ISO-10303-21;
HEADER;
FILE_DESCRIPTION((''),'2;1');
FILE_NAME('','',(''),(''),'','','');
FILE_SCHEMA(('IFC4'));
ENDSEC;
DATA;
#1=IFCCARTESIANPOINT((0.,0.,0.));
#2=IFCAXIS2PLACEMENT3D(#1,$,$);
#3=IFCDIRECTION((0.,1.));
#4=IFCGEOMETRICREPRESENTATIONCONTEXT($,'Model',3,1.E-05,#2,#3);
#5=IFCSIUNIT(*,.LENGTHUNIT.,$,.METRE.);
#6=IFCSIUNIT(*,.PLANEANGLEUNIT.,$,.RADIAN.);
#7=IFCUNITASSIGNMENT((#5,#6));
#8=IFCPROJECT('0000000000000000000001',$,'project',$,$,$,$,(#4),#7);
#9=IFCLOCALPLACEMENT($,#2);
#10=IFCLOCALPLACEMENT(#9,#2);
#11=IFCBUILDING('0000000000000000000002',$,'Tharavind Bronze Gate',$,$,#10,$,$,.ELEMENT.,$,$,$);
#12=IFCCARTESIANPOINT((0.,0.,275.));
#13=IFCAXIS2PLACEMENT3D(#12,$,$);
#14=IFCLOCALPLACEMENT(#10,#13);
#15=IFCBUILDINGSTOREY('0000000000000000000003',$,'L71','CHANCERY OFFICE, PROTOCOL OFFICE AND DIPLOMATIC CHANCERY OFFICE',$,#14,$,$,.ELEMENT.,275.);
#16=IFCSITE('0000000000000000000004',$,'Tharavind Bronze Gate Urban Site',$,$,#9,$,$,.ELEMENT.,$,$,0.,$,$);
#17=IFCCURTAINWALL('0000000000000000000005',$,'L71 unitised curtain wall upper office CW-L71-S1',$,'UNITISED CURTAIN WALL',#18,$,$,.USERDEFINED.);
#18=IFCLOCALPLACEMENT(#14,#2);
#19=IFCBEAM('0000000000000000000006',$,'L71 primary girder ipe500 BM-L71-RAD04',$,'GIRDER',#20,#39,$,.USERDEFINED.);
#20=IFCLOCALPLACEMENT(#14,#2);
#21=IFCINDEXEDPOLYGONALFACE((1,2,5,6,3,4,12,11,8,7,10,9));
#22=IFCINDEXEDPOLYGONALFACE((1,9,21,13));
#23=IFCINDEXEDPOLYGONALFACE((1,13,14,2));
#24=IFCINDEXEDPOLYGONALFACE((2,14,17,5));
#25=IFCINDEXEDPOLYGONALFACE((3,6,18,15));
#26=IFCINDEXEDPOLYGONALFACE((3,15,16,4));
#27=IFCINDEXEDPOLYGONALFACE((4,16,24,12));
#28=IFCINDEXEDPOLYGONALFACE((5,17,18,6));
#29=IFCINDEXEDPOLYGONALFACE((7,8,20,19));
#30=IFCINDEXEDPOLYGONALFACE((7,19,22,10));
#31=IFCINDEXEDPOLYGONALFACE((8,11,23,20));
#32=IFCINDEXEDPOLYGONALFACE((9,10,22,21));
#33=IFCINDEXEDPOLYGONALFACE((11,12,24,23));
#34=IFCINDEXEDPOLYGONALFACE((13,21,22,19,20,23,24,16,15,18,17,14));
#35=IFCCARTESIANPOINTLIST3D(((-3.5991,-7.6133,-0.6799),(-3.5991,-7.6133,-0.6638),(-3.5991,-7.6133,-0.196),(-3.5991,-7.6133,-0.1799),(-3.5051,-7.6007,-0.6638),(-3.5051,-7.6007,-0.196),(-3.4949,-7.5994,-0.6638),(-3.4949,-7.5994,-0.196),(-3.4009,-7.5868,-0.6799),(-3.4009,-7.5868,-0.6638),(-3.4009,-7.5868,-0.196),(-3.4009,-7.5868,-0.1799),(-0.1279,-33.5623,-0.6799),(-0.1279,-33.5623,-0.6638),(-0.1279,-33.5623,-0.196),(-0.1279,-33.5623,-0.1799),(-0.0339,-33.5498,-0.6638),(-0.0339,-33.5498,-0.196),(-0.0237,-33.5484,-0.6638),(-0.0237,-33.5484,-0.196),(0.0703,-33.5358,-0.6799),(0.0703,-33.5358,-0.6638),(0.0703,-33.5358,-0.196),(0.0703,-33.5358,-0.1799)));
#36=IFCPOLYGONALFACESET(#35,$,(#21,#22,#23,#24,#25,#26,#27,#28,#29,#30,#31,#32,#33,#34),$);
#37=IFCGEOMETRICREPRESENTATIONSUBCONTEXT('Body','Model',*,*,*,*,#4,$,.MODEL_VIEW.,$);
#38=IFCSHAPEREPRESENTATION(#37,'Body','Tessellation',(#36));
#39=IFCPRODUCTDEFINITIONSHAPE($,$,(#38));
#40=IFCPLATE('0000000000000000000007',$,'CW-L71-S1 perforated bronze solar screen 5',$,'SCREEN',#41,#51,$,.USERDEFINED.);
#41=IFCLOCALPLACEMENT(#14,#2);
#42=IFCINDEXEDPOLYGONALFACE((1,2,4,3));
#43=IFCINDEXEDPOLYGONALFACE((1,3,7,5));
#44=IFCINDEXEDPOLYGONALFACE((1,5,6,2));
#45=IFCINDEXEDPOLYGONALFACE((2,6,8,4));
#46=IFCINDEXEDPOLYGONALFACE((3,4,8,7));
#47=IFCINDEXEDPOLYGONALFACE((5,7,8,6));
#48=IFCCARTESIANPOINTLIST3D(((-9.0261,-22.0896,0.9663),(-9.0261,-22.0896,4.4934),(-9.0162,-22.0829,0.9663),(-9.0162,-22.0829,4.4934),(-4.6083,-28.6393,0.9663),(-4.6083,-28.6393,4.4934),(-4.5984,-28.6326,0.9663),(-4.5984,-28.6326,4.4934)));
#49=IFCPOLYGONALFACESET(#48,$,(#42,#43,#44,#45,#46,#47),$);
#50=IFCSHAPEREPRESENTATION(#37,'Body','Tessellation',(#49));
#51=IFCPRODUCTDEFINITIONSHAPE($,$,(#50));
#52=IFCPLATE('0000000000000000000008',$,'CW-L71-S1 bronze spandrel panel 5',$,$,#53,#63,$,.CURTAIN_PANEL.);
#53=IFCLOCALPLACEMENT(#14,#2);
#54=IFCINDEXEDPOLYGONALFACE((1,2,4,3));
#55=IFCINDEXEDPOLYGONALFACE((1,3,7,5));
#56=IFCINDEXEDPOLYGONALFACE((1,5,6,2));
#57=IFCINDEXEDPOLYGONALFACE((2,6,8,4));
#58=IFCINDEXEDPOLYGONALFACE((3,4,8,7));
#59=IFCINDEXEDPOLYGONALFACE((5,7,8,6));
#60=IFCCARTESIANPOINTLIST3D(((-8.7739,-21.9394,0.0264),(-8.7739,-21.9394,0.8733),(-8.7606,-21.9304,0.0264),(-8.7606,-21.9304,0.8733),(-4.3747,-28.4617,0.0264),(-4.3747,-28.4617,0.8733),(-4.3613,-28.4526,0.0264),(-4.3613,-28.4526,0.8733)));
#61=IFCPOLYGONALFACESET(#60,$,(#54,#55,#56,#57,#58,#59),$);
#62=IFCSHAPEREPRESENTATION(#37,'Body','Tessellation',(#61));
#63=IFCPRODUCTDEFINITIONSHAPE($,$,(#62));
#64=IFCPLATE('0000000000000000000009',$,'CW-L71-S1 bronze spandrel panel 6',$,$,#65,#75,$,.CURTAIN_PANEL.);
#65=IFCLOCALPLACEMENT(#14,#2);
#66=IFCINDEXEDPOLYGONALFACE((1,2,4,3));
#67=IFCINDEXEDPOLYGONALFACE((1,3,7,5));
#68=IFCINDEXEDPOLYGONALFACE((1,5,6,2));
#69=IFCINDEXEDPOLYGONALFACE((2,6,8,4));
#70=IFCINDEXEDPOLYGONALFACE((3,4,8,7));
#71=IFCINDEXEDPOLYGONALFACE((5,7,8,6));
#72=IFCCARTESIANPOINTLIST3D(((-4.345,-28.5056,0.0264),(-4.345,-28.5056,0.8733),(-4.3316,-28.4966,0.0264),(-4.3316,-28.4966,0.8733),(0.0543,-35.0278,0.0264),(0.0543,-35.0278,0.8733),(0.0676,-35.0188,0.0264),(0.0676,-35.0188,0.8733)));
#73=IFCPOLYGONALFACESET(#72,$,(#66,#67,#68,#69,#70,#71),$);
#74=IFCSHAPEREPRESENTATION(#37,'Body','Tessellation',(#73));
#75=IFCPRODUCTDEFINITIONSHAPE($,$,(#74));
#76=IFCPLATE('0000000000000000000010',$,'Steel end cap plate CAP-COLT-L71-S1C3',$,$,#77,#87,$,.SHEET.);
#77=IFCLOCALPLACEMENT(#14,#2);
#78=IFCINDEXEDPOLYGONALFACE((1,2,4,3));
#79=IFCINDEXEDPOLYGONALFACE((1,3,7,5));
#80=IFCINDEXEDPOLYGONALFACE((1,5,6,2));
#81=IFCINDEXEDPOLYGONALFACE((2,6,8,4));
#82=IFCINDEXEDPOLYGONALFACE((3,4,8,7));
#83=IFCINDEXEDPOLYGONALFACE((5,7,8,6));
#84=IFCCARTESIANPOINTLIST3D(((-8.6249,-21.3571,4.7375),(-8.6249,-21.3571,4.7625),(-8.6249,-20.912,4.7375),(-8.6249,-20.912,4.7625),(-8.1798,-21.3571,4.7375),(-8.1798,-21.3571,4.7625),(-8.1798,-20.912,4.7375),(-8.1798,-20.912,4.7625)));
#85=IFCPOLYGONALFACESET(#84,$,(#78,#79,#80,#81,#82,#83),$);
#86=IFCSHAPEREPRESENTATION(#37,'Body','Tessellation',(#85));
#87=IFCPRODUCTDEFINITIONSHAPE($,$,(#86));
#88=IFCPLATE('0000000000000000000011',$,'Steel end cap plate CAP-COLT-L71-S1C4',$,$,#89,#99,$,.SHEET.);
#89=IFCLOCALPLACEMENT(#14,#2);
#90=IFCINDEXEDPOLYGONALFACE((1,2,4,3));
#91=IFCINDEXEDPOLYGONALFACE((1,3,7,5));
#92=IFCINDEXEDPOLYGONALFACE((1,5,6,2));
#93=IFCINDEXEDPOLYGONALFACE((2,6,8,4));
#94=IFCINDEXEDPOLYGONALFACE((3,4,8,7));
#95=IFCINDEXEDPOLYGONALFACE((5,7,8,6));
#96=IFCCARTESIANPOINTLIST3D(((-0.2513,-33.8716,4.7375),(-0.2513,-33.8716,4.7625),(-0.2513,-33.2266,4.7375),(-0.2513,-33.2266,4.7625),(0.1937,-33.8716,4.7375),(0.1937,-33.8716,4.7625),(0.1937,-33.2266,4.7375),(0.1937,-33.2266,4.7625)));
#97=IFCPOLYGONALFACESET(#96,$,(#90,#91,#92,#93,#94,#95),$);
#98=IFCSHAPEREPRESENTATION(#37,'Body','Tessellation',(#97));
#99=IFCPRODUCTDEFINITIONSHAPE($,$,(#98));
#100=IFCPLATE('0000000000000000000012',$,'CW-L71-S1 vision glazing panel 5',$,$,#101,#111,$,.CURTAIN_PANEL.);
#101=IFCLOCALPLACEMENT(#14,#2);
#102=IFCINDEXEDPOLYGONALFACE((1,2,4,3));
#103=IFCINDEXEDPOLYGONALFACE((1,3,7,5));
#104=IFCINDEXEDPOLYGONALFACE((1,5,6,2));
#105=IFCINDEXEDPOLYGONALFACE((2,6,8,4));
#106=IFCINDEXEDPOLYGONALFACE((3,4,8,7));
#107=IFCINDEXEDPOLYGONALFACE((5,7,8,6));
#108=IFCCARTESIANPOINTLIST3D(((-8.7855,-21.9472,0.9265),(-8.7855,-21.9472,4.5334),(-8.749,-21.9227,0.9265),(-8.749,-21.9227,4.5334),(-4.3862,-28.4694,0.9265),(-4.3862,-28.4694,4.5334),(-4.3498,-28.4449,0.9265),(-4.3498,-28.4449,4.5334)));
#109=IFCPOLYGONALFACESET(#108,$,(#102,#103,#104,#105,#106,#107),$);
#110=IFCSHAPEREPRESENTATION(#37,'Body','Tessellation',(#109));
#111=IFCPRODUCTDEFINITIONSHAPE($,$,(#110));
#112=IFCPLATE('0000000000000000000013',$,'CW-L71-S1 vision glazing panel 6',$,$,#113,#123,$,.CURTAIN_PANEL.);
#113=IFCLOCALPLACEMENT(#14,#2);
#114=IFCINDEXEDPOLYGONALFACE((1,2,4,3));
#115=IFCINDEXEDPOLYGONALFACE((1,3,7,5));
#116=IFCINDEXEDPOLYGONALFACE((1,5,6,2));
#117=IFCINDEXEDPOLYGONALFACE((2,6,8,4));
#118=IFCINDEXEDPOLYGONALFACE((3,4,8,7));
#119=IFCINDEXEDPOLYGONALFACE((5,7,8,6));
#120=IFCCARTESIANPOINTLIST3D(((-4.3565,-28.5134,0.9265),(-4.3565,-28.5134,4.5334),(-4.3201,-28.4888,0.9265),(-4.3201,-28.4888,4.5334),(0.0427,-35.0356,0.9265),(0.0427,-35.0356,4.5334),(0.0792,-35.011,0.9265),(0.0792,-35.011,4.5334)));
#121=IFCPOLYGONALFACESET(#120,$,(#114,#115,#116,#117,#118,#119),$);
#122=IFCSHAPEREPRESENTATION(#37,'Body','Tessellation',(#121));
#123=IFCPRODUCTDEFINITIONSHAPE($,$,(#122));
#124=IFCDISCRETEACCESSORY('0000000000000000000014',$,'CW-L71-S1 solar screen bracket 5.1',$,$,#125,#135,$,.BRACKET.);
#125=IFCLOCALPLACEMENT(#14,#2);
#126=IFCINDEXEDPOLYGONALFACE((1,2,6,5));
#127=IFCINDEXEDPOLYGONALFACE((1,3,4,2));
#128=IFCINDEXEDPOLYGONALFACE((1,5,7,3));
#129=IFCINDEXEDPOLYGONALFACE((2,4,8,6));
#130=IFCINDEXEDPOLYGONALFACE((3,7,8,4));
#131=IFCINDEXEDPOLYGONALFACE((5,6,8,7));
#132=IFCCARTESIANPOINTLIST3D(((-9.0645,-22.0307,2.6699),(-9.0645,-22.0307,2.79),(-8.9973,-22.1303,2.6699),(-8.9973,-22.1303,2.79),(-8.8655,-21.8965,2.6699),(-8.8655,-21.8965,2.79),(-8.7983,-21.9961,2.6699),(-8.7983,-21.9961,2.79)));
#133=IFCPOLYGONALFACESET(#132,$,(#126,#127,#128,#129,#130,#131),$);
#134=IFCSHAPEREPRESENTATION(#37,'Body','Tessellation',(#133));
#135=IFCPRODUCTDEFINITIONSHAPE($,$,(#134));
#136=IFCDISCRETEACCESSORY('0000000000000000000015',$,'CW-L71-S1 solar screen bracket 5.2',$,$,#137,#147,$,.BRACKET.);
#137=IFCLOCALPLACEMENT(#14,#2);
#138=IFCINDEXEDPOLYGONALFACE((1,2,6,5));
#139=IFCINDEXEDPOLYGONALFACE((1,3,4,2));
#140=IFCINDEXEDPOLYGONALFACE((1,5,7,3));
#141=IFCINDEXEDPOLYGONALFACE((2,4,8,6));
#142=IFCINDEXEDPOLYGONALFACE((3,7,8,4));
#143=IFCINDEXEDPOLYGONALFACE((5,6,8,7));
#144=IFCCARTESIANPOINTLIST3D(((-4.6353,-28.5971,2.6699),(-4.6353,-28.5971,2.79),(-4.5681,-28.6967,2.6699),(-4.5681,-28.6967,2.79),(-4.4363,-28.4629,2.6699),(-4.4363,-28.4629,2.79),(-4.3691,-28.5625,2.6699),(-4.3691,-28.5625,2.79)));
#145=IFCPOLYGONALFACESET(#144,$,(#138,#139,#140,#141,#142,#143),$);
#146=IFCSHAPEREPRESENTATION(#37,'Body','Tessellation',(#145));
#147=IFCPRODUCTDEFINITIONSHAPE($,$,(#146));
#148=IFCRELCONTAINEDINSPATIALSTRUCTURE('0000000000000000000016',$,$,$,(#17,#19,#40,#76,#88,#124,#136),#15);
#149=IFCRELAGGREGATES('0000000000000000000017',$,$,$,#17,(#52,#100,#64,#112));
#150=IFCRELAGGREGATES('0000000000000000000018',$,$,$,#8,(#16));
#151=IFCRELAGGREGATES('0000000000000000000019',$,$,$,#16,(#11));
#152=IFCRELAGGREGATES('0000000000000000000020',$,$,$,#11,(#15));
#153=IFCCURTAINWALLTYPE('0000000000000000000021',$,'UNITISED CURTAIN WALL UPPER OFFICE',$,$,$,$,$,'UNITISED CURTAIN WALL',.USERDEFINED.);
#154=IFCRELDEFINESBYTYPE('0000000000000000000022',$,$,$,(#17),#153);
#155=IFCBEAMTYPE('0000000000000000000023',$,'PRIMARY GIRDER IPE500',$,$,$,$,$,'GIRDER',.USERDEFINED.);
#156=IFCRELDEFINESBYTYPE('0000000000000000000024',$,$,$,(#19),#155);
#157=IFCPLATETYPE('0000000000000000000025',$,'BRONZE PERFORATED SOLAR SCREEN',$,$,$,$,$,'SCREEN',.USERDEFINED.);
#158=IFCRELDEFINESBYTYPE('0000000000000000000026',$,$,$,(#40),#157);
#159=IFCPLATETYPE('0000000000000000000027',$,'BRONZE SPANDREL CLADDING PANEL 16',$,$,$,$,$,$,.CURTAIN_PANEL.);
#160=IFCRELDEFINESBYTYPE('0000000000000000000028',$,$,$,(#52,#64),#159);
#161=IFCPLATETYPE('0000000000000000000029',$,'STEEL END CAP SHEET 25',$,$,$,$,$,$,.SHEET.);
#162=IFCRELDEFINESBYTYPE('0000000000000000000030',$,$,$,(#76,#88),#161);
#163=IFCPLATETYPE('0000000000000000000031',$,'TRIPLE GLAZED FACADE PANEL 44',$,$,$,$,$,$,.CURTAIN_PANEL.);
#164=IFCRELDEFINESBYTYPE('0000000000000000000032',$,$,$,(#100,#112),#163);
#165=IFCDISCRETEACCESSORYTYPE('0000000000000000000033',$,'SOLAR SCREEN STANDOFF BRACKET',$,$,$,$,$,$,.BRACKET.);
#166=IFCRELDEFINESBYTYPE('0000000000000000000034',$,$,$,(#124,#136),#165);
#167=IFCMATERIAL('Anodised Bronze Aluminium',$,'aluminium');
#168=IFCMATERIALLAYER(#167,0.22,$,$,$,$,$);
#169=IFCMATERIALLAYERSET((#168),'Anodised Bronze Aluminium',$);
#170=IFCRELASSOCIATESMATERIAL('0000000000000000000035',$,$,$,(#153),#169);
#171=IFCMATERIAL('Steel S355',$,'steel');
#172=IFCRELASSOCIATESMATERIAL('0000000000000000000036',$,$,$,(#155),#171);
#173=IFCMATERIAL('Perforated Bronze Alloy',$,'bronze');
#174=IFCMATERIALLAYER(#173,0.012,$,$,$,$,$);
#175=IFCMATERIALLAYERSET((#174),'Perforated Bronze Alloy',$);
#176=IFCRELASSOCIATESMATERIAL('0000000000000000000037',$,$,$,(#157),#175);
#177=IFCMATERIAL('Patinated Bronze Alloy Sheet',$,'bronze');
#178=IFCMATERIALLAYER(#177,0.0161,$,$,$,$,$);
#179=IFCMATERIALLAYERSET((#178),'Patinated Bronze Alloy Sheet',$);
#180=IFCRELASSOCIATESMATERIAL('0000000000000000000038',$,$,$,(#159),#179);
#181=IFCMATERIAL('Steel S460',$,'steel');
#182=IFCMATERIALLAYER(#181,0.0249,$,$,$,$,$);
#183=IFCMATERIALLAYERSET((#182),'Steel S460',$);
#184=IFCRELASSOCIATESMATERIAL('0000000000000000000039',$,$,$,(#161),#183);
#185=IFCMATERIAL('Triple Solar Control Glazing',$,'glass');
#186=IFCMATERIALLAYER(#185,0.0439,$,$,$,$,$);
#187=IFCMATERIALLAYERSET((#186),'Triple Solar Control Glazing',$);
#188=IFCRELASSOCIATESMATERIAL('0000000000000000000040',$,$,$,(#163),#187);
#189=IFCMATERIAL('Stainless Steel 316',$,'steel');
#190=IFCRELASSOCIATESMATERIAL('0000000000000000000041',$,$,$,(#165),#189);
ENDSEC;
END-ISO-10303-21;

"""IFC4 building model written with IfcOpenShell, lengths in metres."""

from ifc_helpers import new_model, si_unit, direction, frame, origin, origin_2d, place, context, subcontext, project, spatial, rectangle, i_section, extrude, material, layer, layer_set, material_profile, profile_set, type_object, element, aggregate, save


model = new_model("IFC4")

# Units and contexts
model_context = context("Model", 3, precision=1e-05, world=origin(), true_north=direction((0.0, 1.0)))
body_context = subcontext(model_context, "Body", "Model", "MODEL_VIEW")
ifc_project = project(units=[si_unit("LENGTHUNIT", "METRE"), si_unit("PLANEANGLEUNIT", "RADIAN")], contexts=[model_context])

# Site, building, storey
site_placement = place(None, origin())
site = spatial("IfcSite", under=ifc_project, at=site_placement, Name="Tharavind Bronze Gate Urban Site", CompositionType="ELEMENT", RefElevation=0.0)
building_placement = place(site_placement, origin())
building = spatial("IfcBuilding", under=site, at=building_placement, Name="Tharavind Bronze Gate", CompositionType="ELEMENT")
storey_placement = place(building_placement, frame((0.0, 0.0, 275.0)))
storey = spatial("IfcBuildingStorey", under=building, at=storey_placement, Name="L71", Description="CHANCERY OFFICE, PROTOCOL OFFICE AND DIPLOMATIC CHANCERY OFFICE", CompositionType="ELEMENT", Elevation=275.0)

# Shared definitions
ifc_material_1 = material(Name="Steel S460", Category="steel")

# Curtain wall
ifc_material_2 = material(Name="Anodised Bronze Aluminium", Category="aluminium")
ifc_layer_1 = layer(ifc_material_2, 0.22)
ifc_layer_set_1 = layer_set([ifc_layer_1], Name="Anodised Bronze Aluminium")
curtain_wall_type = type_object("IfcCurtainWallType", Name="UNITISED CURTAIN WALL UPPER OFFICE", ElementType="UNITISED CURTAIN WALL", PredefinedType="USERDEFINED", material=ifc_layer_set_1)
curtain_wall_placement = place(storey_placement, origin())
curtain_wall = element("IfcCurtainWall", 1, at=curtain_wall_placement, inside=storey, type_object=curtain_wall_type, Name="L71 unitised curtain wall upper office CW-L71-S1", ObjectType="UNITISED CURTAIN WALL", PredefinedType="USERDEFINED")

# Beam
ifc_material_3 = material(Name="Steel S355", Category="steel")
ifc_material_profile_1 = material_profile(ifc_material_3, i_section(OverallWidth=0.2, OverallDepth=0.5, WebThickness=0.0103, FlangeThickness=0.0161, at=origin_2d()), Name="IPE500")
ifc_profile_set_1 = profile_set([ifc_material_profile_1], Name="Steel S355")
beam_type_1 = type_object("IfcBeamType", Name="PRIMARY GIRDER IPE500", ElementType="GIRDER", PredefinedType="USERDEFINED", material=ifc_profile_set_1)
beam_1_placement = place(storey_placement, frame((-0.0288, -33.5491, -0.4299), z_axis=(-0.132589, 0.991171, 0.0), x_axis=(-0.991171, -0.132589, 0.0)))
element("IfcBeam", 2, at=beam_1_placement, inside=storey, type_object=beam_type_1, Name="L71 primary girder ipe500 BM-L71-RAD04", ObjectType="GIRDER", PredefinedType="USERDEFINED", context=body_context, shape_type="SweptSolid", body=[
    extrude(i_section(OverallWidth=0.2, OverallDepth=0.5, WebThickness=0.0103, FlangeThickness=0.0161, at=origin_2d()), origin(), (0.0, 0.0, 1.0), 26.1802),
])

# Plates
ifc_material_4 = material(Name="Perforated Bronze Alloy", Category="bronze")
ifc_layer_2 = layer(ifc_material_4, 0.012)
ifc_layer_set_2 = layer_set([ifc_layer_2], Name="Perforated Bronze Alloy")
plate_type_1 = type_object("IfcPlateType", Name="BRONZE PERFORATED SOLAR SCREEN", ElementType="SCREEN", PredefinedType="USERDEFINED", material=ifc_layer_set_2)
plate_1_placement = place(storey_placement, frame((-6.8123, -25.3611, 0.9663), z_axis=(0.0, 0.0, 1.0), x_axis=(0.559191, -0.829039, 0.0)))
element("IfcPlate", 3, at=plate_1_placement, inside=storey, type_object=plate_type_1, Name="CW-L71-S1 perforated bronze solar screen 5", ObjectType="SCREEN", PredefinedType="USERDEFINED", context=body_context, shape_type="SweptSolid", body=[
    extrude(rectangle(XDim=7.9004, YDim=0.012, at=origin_2d()), origin(), (0.0, 0.0, 1.0), 3.5271),
])
ifc_material_5 = material(Name="Patinated Bronze Alloy Sheet", Category="bronze")
ifc_layer_3 = layer(ifc_material_5, 0.0161)
ifc_layer_set_3 = layer_set([ifc_layer_3], Name="Patinated Bronze Alloy Sheet")
plate_type_2 = type_object("IfcPlateType", Name="BRONZE SPANDREL CLADDING PANEL 16", PredefinedType="CURTAIN_PANEL", material=ifc_layer_set_3)
plate_2_placement = place(storey_placement, frame((-6.5676, -25.196, 0.0264), z_axis=(0.0, 0.0, 1.0), x_axis=(0.559191, -0.829039, 0.0)))
plate_2 = element("IfcPlate", 4, at=plate_2_placement, type_object=plate_type_2, Name="CW-L71-S1 bronze spandrel panel 5", PredefinedType="CURTAIN_PANEL", context=body_context, shape_type="SweptSolid", body=[
    extrude(rectangle(XDim=7.8672, YDim=0.0161, at=origin_2d()), origin(), (0.0, 0.0, 1.0), 0.8469),
])
plate_3_placement = place(storey_placement, frame((-2.1387, -31.7622, 0.0264), z_axis=(0.0, 0.0, 1.0), x_axis=(0.559191, -0.829039, 0.0)))
plate_3 = element("IfcPlate", 5, at=plate_3_placement, type_object=plate_type_2, Name="CW-L71-S1 bronze spandrel panel 6", PredefinedType="CURTAIN_PANEL", context=body_context, shape_type="SweptSolid", body=[
    extrude(rectangle(XDim=7.8672, YDim=0.0161, at=origin_2d()), origin(), (0.0, 0.0, 1.0), 0.8469),
])

# Plates
ifc_layer_4 = layer(ifc_material_1, 0.0249)
ifc_layer_set_4 = layer_set([ifc_layer_4], Name="Steel S460")
plate_type_3 = type_object("IfcPlateType", Name="STEEL END CAP SHEET 25", PredefinedType="SHEET", material=ifc_layer_set_4)
plate_4_placement = place(storey_placement, frame((-8.4023, -21.1345, 4.7375), z_axis=(0.0, 0.0, 1.0), x_axis=(1.0, 0.0, 0.0)))
element("IfcPlate", 6, at=plate_4_placement, inside=storey, type_object=plate_type_3, Name="Steel end cap plate CAP-COLT-L71-S1C3", PredefinedType="SHEET", context=body_context, shape_type="SweptSolid", body=[
    extrude(rectangle(XDim=0.4451, YDim=0.4451, at=origin_2d()), origin(), (0.0, 0.0, 1.0), 0.0249),
])
plate_5_placement = place(storey_placement, frame((-0.0288, -33.5491, 4.7375), z_axis=(0.0, 0.0, 1.0), x_axis=(1.0, 0.0, 0.0)))
element("IfcPlate", 7, at=plate_5_placement, inside=storey, type_object=plate_type_3, Name="Steel end cap plate CAP-COLT-L71-S1C4", PredefinedType="SHEET", context=body_context, shape_type="SweptSolid", body=[
    extrude(rectangle(XDim=0.4451, YDim=0.645, at=origin_2d()), origin(), (0.0, 0.0, 1.0), 0.0249),
])

# Plates
ifc_material_6 = material(Name="Triple Solar Control Glazing", Category="glass")
ifc_layer_5 = layer(ifc_material_6, 0.0439)
ifc_layer_set_5 = layer_set([ifc_layer_5], Name="Triple Solar Control Glazing")
plate_type_4 = type_object("IfcPlateType", Name="TRIPLE GLAZED FACADE PANEL 44", PredefinedType="CURTAIN_PANEL", material=ifc_layer_set_5)
plate_6_placement = place(storey_placement, frame((-6.5676, -25.196, 0.9265), z_axis=(0.0, 0.0, 1.0), x_axis=(0.559191, -0.829039, 0.0)))
plate_6 = element("IfcPlate", 8, at=plate_6_placement, type_object=plate_type_4, Name="CW-L71-S1 vision glazing panel 5", PredefinedType="CURTAIN_PANEL", context=body_context, shape_type="SweptSolid", body=[
    extrude(rectangle(XDim=7.8672, YDim=0.0439, at=origin_2d()), origin(), (0.0, 0.0, 1.0), 3.6069),
])
plate_7_placement = place(storey_placement, frame((-2.1387, -31.7622, 0.9265), z_axis=(0.0, 0.0, 1.0), x_axis=(0.559191, -0.829039, 0.0)))
plate_7 = element("IfcPlate", 9, at=plate_7_placement, type_object=plate_type_4, Name="CW-L71-S1 vision glazing panel 6", PredefinedType="CURTAIN_PANEL", context=body_context, shape_type="SweptSolid", body=[
    extrude(rectangle(XDim=7.8672, YDim=0.0439, at=origin_2d()), origin(), (0.0, 0.0, 1.0), 3.6069),
])
aggregate(curtain_wall, [plate_2, plate_6, plate_3, plate_7])

# Discrete accessories
ifc_material_7 = material(Name="Stainless Steel 316", Category="steel")
discrete_accessory_type = type_object("IfcDiscreteAccessoryType", Name="SOLAR SCREEN STANDOFF BRACKET", PredefinedType="BRACKET", material=ifc_material_7)
for number, where, z_axis, x_axis, name in (
    (10, (-8.9314, -22.0134, 2.6699), (0.0, 0.0, 1.0), (0.559191, -0.829039, 0.0), "CW-L71-S1 solar screen bracket 5.1"),
    (11, (-4.5022, -28.5798, 2.6699), (0.0, 0.0, 1.0), (0.559191, -0.829039, 0.0), "CW-L71-S1 solar screen bracket 5.2"),
):
    element("IfcDiscreteAccessory", number, at=place(storey_placement, frame(where, z_axis=z_axis, x_axis=x_axis)), inside=storey, type_object=discrete_accessory_type, Name=name, PredefinedType="BRACKET", context=body_context, shape_type="SweptSolid", body=[
        extrude(rectangle(XDim=0.1201, YDim=0.24, at=origin_2d()), origin(), (0.0, 0.0, 1.0), 0.1201),
    ])

save(model, "model.ifc")
